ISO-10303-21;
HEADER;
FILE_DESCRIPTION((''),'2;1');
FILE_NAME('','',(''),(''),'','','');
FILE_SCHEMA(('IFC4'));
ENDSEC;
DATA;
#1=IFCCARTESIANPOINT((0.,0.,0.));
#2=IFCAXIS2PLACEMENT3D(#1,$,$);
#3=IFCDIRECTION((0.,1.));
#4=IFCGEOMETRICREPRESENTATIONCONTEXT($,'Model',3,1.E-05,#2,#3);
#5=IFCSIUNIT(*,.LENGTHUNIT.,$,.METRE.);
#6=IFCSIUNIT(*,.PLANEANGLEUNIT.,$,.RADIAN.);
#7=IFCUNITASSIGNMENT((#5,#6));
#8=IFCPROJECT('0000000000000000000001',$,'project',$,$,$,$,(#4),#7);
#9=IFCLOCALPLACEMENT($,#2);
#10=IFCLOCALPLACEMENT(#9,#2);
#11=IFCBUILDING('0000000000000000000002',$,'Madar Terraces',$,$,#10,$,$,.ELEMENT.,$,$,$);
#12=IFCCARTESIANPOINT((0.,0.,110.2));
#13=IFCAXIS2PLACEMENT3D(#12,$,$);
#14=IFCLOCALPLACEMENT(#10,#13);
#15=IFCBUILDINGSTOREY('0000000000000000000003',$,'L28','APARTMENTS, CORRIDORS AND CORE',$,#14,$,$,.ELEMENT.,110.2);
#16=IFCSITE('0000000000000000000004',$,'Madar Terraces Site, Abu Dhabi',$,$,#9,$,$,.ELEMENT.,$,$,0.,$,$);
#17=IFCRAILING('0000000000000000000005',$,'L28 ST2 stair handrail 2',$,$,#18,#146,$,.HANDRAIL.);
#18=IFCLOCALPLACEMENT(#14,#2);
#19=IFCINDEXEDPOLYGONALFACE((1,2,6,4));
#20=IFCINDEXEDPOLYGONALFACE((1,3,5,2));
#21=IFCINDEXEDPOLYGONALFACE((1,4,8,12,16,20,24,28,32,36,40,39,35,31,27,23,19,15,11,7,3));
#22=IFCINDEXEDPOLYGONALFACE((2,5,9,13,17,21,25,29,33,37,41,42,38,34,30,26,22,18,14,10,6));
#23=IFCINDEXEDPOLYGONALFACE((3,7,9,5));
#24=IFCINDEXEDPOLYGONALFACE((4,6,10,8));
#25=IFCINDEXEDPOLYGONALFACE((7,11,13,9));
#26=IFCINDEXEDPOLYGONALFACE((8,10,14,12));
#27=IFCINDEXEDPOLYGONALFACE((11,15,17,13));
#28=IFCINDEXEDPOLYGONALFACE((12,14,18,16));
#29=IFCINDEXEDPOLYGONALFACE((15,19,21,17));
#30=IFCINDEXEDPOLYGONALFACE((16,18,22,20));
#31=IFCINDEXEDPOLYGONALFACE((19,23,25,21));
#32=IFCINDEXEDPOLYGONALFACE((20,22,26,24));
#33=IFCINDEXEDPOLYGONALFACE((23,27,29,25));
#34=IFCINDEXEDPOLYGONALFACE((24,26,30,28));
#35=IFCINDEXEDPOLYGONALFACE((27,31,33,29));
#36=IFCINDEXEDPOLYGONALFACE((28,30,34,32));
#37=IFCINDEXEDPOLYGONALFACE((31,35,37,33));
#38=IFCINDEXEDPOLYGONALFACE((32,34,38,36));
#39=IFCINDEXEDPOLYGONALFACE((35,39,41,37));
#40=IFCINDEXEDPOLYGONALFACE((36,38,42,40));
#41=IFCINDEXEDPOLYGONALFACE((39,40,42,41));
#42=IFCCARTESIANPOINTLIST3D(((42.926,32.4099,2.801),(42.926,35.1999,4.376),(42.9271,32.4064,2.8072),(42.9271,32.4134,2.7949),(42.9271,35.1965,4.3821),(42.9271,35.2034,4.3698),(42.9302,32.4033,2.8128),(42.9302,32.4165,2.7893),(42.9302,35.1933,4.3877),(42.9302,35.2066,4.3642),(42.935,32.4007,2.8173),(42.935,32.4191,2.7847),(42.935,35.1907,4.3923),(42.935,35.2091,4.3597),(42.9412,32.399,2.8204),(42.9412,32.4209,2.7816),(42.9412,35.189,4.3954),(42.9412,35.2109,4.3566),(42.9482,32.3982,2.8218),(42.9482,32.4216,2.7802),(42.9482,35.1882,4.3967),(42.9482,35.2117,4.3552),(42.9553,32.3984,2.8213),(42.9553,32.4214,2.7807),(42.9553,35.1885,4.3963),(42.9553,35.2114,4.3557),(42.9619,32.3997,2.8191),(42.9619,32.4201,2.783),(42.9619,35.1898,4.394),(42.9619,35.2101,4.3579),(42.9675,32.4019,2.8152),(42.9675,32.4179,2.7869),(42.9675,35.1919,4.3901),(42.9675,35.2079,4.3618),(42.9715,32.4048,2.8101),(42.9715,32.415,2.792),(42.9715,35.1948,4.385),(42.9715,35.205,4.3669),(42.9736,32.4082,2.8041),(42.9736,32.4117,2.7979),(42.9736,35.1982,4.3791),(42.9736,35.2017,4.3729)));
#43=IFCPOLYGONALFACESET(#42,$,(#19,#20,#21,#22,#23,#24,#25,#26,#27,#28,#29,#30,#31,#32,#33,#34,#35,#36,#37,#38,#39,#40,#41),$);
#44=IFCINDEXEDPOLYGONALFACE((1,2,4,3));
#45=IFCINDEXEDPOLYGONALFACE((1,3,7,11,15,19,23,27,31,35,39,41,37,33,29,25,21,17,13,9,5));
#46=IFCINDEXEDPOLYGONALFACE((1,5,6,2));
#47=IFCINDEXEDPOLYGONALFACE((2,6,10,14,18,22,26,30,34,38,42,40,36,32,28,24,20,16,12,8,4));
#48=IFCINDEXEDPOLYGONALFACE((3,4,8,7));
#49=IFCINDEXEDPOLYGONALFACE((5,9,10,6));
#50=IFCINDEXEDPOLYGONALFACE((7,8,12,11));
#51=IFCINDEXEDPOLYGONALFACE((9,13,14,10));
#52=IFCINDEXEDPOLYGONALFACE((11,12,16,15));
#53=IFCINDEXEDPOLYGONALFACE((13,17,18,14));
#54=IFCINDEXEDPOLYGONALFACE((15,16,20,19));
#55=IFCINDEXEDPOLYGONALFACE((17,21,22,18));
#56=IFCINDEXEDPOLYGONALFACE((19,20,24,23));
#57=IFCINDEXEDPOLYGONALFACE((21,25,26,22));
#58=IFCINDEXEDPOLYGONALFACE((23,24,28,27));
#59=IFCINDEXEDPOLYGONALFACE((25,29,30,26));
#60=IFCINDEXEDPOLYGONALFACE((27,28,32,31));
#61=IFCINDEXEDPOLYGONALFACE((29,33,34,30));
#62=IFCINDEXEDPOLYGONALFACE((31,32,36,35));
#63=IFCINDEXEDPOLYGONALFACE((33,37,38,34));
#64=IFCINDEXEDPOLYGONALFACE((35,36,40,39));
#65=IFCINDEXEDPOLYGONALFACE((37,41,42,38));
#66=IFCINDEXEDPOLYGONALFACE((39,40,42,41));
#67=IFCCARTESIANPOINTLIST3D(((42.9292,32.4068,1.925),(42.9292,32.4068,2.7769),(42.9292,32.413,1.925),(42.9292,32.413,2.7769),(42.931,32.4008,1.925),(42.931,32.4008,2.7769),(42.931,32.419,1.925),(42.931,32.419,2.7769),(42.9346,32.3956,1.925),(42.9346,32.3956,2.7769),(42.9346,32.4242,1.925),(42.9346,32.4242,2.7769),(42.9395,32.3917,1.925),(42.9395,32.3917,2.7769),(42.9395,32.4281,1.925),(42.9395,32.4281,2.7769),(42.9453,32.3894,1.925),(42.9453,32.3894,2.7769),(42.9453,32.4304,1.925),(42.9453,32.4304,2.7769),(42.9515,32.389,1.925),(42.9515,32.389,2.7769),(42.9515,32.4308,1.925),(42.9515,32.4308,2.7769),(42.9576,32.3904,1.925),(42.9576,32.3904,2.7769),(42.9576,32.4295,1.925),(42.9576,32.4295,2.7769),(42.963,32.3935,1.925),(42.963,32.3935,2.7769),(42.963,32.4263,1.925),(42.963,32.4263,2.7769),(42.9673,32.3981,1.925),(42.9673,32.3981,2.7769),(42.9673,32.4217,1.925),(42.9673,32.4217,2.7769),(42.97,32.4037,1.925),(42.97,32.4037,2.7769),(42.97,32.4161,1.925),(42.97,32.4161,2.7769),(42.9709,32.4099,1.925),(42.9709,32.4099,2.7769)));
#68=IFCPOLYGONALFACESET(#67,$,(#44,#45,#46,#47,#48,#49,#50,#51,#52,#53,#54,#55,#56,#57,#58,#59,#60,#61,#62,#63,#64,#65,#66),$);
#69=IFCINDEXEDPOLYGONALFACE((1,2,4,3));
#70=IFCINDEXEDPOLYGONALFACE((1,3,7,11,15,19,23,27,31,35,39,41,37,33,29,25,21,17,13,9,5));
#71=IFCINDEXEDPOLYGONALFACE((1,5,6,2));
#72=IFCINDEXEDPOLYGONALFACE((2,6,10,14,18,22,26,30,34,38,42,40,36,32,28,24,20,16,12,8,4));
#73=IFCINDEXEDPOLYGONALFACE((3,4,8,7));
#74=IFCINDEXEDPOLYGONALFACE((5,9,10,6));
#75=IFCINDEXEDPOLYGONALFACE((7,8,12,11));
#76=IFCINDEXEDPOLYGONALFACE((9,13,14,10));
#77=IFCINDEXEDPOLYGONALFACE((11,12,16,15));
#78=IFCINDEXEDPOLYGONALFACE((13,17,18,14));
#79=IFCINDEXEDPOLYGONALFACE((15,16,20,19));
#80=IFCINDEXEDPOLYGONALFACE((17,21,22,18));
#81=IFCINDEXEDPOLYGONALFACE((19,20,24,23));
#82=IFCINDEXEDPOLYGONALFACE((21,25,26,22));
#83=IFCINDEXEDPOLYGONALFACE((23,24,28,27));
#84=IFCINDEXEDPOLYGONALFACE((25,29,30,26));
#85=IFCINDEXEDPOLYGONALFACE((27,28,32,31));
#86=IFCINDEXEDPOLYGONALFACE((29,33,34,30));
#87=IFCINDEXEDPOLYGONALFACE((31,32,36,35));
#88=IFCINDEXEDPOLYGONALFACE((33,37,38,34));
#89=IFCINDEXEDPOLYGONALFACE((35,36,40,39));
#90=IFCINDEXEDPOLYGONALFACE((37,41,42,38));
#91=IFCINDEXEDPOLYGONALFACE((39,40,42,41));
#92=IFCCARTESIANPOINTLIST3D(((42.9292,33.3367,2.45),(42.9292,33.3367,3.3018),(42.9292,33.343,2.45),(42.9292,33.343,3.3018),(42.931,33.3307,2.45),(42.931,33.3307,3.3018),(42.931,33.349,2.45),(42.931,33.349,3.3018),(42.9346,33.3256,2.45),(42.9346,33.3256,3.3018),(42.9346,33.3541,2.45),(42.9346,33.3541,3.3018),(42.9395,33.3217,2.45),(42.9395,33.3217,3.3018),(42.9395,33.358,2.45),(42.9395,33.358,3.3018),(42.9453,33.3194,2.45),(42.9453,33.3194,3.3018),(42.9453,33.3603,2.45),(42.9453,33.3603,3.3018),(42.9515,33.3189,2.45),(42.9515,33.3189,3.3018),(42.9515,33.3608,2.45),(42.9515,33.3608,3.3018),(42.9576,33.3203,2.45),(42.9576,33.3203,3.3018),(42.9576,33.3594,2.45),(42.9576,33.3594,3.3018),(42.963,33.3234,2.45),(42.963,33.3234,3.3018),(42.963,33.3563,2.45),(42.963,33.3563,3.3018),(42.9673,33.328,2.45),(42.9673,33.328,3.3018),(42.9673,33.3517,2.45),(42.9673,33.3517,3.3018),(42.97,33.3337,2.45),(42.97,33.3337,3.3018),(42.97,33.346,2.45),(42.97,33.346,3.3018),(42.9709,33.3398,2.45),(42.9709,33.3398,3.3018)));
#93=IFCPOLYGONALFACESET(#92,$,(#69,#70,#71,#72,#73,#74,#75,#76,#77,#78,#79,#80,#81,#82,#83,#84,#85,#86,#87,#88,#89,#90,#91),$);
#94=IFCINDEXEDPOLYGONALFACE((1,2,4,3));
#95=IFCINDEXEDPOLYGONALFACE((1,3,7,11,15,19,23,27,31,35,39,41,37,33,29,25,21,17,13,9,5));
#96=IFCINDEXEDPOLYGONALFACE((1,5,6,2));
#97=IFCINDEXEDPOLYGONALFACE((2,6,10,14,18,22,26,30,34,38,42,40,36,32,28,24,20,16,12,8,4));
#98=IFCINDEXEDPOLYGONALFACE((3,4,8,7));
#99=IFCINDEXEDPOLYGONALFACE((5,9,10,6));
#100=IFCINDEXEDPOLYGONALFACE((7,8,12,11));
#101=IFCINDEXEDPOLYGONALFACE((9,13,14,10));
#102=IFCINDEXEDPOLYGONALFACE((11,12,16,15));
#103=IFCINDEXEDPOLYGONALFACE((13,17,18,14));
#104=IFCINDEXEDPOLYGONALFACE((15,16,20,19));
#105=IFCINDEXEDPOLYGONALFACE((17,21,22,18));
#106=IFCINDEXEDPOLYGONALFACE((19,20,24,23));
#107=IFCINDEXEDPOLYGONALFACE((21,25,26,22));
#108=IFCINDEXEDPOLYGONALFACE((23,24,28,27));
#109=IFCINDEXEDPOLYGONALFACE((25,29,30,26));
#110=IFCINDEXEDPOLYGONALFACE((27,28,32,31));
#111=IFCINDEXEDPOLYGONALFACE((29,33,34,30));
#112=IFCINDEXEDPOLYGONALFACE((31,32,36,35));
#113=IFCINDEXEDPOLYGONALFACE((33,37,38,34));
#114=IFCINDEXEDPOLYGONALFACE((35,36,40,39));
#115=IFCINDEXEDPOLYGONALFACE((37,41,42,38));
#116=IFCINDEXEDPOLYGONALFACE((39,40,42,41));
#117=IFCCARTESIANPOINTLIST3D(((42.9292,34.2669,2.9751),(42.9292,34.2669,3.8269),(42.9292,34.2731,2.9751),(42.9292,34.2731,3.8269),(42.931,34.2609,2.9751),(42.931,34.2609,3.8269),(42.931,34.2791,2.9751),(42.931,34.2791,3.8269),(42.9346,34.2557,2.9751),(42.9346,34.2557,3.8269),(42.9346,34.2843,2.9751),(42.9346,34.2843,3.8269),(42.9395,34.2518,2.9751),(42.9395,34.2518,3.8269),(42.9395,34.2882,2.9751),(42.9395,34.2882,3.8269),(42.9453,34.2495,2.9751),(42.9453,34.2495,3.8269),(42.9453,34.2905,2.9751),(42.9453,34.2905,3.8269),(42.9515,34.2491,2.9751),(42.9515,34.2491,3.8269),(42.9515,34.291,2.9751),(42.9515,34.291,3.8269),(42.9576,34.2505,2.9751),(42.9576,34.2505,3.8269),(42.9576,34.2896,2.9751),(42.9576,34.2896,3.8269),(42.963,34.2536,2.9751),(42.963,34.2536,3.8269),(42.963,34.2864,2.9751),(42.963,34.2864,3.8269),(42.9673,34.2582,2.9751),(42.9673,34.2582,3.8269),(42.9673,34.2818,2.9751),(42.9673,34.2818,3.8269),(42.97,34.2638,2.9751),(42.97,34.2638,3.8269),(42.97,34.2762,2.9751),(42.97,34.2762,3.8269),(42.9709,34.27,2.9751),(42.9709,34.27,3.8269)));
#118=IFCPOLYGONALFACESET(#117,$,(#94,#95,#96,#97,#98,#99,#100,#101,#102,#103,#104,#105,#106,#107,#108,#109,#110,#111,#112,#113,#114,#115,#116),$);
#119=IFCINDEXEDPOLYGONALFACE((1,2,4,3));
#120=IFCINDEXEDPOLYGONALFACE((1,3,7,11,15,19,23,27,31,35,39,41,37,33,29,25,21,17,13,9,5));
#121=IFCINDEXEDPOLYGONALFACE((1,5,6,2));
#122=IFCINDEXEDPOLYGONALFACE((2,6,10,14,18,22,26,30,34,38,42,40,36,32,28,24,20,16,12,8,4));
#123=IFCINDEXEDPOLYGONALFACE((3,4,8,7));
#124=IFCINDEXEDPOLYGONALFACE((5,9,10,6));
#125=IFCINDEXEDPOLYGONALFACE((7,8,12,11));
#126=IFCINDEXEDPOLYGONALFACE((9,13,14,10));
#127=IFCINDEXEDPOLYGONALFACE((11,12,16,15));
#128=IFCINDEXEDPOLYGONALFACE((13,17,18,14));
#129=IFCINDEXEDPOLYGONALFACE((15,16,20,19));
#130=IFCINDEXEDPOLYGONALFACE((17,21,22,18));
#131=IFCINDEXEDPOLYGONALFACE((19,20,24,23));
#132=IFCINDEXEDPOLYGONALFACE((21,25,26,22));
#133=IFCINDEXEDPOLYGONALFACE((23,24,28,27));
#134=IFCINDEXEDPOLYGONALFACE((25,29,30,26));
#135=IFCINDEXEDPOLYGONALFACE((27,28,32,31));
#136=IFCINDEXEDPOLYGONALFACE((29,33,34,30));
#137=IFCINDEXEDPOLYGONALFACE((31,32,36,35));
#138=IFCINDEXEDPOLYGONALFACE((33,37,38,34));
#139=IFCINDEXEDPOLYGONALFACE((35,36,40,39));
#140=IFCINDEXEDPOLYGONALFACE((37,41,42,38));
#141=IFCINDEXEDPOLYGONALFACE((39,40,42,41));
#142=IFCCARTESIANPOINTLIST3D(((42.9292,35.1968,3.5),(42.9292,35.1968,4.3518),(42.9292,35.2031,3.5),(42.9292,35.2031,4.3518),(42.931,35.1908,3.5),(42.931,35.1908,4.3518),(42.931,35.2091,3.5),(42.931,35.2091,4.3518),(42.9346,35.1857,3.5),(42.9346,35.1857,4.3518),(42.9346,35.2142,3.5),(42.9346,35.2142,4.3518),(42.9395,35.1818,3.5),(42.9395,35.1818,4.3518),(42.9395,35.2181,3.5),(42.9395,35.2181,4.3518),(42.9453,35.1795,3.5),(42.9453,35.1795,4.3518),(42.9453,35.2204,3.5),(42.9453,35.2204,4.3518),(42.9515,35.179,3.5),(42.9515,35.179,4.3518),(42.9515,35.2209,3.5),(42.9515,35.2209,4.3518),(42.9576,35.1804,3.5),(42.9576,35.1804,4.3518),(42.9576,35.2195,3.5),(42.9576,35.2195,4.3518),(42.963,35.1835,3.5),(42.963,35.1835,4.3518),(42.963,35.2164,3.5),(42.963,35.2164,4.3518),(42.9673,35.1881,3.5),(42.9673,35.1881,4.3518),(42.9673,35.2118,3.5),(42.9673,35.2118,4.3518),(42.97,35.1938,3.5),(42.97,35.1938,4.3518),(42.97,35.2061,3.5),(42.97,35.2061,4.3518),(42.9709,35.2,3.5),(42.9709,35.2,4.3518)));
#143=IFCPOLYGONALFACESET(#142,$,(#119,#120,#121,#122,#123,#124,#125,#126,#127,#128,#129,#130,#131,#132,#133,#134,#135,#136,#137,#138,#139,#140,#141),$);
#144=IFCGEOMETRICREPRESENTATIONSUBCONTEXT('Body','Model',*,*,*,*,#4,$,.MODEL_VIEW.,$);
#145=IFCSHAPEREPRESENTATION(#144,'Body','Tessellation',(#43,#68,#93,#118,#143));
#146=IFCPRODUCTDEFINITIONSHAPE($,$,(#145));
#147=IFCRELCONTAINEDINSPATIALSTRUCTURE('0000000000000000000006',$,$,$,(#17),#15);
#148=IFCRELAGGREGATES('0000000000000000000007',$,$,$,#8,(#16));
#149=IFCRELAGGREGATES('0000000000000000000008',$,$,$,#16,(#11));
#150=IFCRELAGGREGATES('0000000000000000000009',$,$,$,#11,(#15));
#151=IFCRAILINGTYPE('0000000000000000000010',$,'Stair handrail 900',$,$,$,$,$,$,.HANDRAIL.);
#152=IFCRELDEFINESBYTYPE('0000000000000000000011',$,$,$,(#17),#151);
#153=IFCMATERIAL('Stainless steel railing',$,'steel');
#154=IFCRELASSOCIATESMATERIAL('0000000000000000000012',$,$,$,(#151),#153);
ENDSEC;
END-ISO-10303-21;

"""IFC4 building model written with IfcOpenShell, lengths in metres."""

from ifc_helpers import new_model, si_unit, direction, frame, origin, origin_2d, place, context, subcontext, project, spatial, circle, extrude, material, type_object, element, save


model = new_model("IFC4")

# Units and contexts
model_context = context("Model", 3, precision=1e-05, world=origin(), true_north=direction((0.0, 1.0)))
body_context = subcontext(model_context, "Body", "Model", "MODEL_VIEW")
ifc_project = project(units=[si_unit("LENGTHUNIT", "METRE"), si_unit("PLANEANGLEUNIT", "RADIAN")], contexts=[model_context])

# Site, building, storey
site_placement = place(None, origin())
site = spatial("IfcSite", under=ifc_project, at=site_placement, Name="Madar Terraces Site, Abu Dhabi", CompositionType="ELEMENT", RefElevation=0.0)
building_placement = place(site_placement, origin())
building = spatial("IfcBuilding", under=site, at=building_placement, Name="Madar Terraces", CompositionType="ELEMENT")
storey_placement = place(building_placement, frame((0.0, 0.0, 110.2)))
storey = spatial("IfcBuildingStorey", under=building, at=storey_placement, Name="L28", Description="APARTMENTS, CORRIDORS AND CORE", CompositionType="ELEMENT", Elevation=110.2)

# Railing
ifc_material_1 = material(Name="Stainless steel railing", Category="steel")
railing_type_1 = type_object("IfcRailingType", Name="Stair handrail 900", PredefinedType="HANDRAIL", material=ifc_material_1)
railing_1_placement = place(storey_placement, frame((42.95, 32.4099, 1.925)))
element("IfcRailing", 1, at=railing_1_placement, inside=storey, type_object=railing_type_1, Name="L28 ST2 stair handrail 2", PredefinedType="HANDRAIL", context=body_context, shape_type="SweptSolid", body=[
    extrude(circle(Radius=0.0239, at=origin_2d()), frame((0.0, 0.0, 0.876), z_axis=(0.0, 0.870834, 0.491578), x_axis=(-1.0, 0.0, 0.0)), (0.0, 0.0, 1.0), 3.2039),
    extrude(circle(Radius=0.021, at=origin_2d()), origin(), (0.0, 0.0, 1.0), 0.8518),
    extrude(circle(Radius=0.021, at=origin_2d()), frame((0.0, 0.9299, 0.5249)), (0.0, 0.0, 1.0), 0.8518),
    extrude(circle(Radius=0.021, at=origin_2d()), frame((0.0, 1.8601, 1.05)), (0.0, 0.0, 1.0), 0.8518),
    extrude(circle(Radius=0.021, at=origin_2d()), frame((0.0, 2.79, 1.575)), (0.0, 0.0, 1.0), 0.8518),
])

save(model, "model.ifc")
